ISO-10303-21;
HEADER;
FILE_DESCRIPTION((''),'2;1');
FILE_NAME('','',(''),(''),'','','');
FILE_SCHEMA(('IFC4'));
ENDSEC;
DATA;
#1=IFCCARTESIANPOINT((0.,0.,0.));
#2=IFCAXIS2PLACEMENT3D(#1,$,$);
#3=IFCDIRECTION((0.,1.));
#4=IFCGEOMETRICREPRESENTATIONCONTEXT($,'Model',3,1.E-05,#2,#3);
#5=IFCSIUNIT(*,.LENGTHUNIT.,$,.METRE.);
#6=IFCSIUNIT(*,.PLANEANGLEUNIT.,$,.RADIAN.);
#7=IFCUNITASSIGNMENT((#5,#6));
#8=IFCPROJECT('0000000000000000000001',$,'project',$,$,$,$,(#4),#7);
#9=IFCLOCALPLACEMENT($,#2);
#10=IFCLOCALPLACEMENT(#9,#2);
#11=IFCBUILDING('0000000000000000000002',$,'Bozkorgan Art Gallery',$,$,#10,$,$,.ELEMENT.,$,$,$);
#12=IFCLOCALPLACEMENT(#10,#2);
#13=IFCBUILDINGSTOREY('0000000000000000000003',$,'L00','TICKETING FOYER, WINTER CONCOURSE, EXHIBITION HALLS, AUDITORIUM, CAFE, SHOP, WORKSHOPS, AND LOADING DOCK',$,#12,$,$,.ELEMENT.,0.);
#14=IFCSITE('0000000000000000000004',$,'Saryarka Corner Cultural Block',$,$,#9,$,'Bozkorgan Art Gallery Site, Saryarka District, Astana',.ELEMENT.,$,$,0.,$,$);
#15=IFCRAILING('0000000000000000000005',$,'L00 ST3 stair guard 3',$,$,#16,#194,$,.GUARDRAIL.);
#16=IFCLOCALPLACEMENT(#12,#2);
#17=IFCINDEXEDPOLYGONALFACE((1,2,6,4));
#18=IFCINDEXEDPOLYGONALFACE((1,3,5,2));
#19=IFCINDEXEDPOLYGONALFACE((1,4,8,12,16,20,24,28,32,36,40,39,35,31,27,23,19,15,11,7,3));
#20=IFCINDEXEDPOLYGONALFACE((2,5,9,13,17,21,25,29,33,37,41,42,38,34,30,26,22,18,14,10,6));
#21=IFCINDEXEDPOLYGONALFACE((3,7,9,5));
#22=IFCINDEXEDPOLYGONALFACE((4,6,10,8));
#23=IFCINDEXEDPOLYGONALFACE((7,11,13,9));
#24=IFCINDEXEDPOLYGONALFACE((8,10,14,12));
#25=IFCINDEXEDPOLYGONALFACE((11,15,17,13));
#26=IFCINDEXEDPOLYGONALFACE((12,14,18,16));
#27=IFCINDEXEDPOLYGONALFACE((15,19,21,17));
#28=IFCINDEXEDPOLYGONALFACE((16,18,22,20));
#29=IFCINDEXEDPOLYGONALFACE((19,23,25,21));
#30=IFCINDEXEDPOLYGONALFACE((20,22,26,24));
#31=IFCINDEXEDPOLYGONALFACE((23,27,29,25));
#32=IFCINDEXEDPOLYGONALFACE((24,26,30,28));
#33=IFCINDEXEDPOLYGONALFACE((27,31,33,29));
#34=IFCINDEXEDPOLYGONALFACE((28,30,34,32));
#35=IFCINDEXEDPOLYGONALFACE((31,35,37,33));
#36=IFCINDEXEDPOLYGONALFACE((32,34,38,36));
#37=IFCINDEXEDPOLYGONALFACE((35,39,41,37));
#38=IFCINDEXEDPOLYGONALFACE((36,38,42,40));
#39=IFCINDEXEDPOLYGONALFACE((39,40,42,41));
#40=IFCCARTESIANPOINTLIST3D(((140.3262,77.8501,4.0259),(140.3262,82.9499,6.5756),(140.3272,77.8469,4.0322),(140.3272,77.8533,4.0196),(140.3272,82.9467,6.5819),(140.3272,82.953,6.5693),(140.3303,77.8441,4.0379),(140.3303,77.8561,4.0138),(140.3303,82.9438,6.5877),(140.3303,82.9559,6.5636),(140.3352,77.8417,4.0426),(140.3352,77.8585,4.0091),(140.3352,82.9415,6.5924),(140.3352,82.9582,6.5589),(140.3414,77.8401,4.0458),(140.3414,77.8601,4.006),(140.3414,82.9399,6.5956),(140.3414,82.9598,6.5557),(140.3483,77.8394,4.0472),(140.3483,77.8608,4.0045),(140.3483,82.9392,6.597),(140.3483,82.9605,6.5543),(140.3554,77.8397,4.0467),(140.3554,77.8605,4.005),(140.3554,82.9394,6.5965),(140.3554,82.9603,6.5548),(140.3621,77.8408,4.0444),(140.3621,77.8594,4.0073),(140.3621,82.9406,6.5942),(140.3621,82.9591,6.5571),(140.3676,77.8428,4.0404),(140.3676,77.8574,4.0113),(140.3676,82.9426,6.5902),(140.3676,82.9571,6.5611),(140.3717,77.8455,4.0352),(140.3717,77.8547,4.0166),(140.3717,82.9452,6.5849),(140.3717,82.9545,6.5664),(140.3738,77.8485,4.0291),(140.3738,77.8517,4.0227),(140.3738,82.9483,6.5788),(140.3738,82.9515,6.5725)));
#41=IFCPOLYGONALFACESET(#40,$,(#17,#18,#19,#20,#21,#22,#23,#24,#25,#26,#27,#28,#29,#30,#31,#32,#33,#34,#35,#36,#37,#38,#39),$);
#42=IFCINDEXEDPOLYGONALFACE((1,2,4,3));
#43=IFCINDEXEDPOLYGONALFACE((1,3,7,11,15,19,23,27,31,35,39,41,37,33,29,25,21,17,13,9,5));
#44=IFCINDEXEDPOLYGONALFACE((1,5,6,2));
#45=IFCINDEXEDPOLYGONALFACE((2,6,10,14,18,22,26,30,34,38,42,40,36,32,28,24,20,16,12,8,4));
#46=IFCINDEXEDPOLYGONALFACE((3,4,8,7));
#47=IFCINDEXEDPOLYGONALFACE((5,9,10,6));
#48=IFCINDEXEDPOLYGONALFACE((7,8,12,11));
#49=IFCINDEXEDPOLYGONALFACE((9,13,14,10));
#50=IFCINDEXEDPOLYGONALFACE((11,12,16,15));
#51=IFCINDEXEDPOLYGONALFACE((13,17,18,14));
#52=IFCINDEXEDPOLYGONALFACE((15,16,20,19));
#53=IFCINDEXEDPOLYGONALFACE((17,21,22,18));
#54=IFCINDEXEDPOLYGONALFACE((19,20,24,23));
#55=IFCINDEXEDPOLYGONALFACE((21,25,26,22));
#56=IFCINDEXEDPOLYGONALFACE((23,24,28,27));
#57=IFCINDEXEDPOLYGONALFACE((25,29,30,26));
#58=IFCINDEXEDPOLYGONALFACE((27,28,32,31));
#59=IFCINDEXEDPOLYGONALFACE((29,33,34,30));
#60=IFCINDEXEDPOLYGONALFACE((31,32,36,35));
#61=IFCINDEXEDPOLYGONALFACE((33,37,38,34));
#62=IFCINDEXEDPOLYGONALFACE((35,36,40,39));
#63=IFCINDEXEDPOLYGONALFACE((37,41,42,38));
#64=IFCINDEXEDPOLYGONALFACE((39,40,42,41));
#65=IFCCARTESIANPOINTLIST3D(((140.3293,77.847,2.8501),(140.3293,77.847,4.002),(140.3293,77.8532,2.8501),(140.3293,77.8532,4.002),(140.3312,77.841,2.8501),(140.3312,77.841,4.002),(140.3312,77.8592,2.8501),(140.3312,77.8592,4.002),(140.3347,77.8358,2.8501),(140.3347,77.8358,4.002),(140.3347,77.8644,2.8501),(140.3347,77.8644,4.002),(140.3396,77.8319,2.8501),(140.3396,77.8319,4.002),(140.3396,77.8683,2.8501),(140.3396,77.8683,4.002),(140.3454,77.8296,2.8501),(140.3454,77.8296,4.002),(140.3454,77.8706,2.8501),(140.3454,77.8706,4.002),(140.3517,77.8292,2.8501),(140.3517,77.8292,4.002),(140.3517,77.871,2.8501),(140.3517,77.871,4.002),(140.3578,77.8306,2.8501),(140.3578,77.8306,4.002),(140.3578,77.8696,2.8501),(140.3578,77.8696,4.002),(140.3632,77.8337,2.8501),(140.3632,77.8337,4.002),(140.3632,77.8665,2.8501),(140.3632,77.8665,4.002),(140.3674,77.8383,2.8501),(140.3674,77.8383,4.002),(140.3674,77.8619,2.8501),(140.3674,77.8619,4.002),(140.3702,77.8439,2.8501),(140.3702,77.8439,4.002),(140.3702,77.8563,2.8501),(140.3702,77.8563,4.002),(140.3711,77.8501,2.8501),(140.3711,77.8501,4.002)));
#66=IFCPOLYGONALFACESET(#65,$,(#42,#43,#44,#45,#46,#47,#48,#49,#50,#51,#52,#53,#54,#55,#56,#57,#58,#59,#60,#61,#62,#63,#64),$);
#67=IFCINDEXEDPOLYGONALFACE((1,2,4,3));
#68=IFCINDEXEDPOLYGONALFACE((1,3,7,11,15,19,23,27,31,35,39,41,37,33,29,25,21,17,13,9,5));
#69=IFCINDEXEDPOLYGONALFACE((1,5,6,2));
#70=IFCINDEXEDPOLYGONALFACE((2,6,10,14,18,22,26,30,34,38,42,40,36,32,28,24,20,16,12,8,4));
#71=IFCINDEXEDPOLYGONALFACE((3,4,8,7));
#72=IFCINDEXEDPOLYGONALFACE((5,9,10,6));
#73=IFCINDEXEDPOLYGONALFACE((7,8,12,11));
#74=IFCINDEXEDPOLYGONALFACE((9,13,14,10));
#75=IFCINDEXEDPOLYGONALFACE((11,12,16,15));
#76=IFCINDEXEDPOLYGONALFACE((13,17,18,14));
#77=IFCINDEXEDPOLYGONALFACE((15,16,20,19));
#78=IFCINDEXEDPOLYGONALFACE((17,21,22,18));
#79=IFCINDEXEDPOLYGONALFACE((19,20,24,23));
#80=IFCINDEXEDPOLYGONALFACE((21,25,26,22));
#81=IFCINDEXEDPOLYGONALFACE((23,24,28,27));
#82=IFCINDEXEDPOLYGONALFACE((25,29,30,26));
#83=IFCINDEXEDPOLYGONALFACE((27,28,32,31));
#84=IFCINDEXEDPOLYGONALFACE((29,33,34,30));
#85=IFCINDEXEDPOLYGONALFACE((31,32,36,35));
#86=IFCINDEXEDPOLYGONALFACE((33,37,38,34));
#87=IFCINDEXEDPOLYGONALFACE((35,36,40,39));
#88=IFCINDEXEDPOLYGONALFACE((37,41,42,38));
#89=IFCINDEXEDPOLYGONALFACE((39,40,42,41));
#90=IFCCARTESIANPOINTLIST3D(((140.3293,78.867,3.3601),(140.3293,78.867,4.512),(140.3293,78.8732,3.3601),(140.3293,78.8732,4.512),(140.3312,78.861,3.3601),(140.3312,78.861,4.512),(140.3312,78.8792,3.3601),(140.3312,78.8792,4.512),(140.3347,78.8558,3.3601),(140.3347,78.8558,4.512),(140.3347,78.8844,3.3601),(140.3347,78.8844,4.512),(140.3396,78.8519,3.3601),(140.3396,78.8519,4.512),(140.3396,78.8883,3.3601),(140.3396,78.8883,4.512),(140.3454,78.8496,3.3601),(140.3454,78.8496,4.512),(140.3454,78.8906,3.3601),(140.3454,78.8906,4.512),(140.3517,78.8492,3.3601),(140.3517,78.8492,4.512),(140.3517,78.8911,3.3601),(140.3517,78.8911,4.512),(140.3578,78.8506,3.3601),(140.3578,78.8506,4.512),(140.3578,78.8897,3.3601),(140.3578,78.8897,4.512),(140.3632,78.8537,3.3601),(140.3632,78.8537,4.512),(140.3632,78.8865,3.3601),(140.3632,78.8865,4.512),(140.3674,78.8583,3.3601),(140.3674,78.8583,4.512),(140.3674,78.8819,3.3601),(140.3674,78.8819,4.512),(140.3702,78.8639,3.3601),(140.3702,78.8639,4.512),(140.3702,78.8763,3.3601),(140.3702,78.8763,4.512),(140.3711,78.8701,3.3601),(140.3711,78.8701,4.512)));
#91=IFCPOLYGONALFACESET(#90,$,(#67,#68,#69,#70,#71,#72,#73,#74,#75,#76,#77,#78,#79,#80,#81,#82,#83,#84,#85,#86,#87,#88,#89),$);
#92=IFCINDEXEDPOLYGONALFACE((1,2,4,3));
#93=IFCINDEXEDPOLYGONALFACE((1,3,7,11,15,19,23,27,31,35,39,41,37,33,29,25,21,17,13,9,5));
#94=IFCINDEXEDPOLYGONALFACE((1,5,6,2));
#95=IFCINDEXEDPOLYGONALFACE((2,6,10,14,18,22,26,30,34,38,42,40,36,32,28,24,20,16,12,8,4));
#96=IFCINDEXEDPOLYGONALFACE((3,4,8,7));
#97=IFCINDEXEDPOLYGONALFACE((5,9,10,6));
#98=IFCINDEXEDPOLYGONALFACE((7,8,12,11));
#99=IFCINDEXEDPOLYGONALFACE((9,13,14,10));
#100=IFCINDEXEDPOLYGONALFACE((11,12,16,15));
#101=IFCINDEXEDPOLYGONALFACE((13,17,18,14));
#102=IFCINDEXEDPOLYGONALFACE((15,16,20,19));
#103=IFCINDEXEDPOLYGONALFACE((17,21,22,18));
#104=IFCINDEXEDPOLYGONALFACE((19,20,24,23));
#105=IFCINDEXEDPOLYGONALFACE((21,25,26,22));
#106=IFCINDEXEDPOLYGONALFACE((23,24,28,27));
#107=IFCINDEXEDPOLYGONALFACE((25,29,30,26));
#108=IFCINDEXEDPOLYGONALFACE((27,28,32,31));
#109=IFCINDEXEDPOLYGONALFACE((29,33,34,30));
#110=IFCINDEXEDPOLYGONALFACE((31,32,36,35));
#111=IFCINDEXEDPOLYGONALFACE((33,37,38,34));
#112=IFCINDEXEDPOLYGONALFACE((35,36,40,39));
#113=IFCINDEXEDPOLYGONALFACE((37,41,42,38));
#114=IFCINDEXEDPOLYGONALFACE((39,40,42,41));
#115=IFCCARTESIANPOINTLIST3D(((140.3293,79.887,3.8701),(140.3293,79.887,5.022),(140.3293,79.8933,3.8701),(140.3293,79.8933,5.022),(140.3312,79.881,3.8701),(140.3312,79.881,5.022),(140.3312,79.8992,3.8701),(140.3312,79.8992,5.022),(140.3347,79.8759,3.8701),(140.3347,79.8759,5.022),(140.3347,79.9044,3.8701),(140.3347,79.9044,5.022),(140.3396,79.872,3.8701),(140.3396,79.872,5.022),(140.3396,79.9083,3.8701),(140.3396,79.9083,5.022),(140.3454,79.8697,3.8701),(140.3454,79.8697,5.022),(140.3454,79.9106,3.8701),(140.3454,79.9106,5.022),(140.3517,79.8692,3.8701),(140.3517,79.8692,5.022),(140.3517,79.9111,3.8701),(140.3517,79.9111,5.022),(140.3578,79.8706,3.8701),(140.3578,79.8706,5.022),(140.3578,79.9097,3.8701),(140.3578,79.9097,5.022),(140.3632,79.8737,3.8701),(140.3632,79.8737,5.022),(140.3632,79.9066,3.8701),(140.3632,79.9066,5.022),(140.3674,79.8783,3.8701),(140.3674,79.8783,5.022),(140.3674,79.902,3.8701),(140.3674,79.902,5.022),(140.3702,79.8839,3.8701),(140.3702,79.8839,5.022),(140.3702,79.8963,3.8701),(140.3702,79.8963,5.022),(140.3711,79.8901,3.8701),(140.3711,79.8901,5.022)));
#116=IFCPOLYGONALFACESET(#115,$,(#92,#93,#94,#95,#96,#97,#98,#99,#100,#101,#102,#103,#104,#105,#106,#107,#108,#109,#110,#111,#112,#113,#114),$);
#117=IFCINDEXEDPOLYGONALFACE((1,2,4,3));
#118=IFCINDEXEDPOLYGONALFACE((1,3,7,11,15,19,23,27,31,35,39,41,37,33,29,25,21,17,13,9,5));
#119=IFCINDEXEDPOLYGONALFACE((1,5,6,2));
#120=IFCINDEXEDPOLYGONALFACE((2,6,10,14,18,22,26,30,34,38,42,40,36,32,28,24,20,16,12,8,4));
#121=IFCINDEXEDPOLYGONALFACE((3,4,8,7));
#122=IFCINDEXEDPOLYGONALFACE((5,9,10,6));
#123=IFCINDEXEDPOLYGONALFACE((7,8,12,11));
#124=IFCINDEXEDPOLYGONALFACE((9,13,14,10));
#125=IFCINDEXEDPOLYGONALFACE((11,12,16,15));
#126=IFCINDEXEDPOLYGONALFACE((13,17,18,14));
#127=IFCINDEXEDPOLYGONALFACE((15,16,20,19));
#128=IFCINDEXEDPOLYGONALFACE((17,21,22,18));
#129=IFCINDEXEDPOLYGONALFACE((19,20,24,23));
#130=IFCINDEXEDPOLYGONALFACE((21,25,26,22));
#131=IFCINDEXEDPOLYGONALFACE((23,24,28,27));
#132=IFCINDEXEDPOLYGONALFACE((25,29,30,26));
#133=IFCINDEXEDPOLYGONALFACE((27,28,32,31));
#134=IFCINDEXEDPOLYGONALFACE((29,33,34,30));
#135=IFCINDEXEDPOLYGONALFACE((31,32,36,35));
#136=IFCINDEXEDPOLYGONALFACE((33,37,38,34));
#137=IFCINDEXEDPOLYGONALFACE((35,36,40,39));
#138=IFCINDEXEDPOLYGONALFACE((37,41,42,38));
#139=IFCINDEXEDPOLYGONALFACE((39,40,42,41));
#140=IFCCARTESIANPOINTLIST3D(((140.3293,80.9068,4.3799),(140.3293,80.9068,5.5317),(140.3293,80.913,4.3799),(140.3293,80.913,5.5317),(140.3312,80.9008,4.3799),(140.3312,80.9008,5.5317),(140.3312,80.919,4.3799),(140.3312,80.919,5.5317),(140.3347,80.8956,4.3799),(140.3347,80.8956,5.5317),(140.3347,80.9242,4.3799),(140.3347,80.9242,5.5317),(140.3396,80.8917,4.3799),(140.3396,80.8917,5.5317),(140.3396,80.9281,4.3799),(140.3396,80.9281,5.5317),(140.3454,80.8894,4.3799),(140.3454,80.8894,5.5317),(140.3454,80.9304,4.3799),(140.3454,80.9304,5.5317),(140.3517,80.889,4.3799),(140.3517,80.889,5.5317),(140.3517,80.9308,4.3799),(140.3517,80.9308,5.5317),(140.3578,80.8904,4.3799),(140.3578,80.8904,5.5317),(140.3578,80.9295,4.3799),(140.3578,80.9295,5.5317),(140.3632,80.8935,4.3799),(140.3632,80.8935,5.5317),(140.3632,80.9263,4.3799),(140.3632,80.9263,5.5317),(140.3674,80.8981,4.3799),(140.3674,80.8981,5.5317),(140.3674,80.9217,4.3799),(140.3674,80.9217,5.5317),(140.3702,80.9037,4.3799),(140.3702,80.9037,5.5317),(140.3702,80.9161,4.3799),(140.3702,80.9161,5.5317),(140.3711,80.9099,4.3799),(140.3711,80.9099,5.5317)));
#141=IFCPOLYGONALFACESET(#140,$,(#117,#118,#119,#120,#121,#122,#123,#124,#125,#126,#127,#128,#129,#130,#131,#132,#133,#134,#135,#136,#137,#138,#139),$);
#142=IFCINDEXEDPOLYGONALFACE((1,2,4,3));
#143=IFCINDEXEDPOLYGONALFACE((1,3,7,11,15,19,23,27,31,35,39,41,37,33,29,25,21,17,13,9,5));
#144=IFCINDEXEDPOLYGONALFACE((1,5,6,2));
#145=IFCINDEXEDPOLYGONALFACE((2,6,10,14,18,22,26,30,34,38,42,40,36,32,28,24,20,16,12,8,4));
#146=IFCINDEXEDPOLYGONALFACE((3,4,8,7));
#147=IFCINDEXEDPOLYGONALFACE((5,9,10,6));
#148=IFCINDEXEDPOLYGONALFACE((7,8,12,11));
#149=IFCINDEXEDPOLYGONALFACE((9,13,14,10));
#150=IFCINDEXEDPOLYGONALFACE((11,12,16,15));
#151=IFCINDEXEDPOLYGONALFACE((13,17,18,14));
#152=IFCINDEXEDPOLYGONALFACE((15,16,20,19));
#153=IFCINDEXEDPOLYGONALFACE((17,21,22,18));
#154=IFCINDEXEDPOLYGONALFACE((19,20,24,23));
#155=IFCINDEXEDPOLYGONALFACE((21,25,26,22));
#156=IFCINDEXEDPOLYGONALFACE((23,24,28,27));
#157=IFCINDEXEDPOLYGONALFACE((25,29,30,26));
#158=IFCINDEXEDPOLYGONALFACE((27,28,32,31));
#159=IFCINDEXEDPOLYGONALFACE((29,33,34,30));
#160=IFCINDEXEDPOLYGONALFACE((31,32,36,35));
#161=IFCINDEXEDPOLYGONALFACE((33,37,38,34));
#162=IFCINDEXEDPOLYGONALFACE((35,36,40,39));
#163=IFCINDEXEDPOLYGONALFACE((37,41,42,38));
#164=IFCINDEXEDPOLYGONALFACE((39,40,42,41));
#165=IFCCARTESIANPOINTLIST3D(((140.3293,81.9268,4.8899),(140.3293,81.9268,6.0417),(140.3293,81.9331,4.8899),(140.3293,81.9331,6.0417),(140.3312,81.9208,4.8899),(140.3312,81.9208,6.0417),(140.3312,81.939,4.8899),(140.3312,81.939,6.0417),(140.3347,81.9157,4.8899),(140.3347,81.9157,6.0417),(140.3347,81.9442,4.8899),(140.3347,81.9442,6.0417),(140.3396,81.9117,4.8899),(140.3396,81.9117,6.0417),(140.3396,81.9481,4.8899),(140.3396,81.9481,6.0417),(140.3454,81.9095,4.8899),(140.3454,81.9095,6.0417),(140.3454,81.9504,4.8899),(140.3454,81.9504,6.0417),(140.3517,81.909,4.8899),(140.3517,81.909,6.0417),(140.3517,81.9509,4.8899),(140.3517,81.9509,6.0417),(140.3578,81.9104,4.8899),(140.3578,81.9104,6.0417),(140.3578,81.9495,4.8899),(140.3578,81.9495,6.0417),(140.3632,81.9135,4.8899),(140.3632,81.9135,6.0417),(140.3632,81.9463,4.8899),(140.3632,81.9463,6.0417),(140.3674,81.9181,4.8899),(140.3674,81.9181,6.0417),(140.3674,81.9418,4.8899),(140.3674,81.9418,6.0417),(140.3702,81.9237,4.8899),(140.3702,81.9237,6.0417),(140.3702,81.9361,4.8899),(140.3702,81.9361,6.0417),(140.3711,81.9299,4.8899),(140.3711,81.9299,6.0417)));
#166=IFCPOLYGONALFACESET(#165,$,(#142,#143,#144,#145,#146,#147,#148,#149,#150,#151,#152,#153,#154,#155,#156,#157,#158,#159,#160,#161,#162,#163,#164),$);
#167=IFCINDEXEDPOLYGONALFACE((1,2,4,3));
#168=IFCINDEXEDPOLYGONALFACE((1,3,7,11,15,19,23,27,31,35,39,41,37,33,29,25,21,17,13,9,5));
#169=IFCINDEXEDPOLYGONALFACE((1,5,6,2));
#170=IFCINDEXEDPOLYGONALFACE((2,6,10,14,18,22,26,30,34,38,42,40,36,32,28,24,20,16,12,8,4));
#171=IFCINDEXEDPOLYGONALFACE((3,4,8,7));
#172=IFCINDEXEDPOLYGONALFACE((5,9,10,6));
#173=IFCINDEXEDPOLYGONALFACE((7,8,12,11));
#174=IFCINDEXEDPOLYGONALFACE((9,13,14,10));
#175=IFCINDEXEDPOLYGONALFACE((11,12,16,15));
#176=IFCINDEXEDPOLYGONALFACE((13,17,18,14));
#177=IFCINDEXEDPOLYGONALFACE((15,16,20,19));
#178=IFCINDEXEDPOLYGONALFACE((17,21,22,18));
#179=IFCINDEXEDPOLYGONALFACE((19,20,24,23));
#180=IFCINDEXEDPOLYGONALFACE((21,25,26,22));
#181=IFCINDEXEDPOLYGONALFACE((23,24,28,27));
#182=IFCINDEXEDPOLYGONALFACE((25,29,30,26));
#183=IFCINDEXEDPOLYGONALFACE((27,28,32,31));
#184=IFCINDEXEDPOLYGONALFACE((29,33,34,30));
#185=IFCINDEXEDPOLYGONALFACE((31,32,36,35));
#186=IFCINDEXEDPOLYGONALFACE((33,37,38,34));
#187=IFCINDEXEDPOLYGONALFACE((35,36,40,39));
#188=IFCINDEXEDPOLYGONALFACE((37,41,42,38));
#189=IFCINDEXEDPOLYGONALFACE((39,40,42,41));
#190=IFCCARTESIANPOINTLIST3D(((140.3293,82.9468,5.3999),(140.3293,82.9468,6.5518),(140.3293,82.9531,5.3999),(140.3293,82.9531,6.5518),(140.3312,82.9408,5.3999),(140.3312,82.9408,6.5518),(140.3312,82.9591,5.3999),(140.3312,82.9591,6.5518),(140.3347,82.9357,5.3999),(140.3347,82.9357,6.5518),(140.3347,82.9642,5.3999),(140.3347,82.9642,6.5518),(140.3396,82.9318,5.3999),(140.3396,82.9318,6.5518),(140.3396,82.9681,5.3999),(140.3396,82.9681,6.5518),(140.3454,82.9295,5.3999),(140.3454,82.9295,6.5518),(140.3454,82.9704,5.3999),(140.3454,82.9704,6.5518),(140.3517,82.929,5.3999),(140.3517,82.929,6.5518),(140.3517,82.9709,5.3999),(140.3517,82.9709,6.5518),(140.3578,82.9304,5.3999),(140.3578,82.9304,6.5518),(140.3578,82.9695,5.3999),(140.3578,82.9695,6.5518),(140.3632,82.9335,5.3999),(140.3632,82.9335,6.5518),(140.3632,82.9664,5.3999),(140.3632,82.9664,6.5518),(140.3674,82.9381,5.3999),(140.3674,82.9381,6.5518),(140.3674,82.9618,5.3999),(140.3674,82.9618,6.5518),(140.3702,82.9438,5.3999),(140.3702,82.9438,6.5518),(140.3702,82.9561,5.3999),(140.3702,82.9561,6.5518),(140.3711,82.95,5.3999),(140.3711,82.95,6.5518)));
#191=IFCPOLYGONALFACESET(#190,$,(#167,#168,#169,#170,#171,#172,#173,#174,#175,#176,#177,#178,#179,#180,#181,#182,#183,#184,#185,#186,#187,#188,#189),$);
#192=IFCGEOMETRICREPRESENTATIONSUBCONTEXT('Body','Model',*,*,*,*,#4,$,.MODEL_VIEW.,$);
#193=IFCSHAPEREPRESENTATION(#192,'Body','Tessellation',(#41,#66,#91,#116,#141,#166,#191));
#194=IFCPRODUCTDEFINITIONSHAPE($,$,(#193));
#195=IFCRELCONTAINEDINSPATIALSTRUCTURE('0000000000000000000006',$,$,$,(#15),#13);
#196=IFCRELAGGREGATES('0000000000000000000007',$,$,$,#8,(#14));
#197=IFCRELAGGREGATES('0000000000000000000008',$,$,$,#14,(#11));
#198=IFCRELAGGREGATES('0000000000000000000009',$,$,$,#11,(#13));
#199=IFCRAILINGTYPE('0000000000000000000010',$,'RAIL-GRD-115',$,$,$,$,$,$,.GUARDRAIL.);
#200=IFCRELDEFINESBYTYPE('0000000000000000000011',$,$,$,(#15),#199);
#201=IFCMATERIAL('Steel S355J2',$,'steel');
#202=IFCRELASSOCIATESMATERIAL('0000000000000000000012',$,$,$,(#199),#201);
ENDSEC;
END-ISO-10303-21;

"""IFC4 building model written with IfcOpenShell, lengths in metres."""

from ifc_helpers import new_model, si_unit, direction, frame, origin, origin_2d, place, context, subcontext, project, spatial, circle, extrude, material, type_object, element, save


model = new_model("IFC4")

# Units and contexts
model_context = context("Model", 3, precision=1e-05, world=origin(), true_north=direction((0.0, 1.0)))
body_context = subcontext(model_context, "Body", "Model", "MODEL_VIEW")
ifc_project = project(units=[si_unit("LENGTHUNIT", "METRE"), si_unit("PLANEANGLEUNIT", "RADIAN")], contexts=[model_context])

# Site, building, storey
site_placement = place(None, origin())
site = spatial("IfcSite", under=ifc_project, at=site_placement, Name="Saryarka Corner Cultural Block", LongName="Bozkorgan Art Gallery Site, Saryarka District, Astana", CompositionType="ELEMENT", RefElevation=0.0)
building_placement = place(site_placement, origin())
building = spatial("IfcBuilding", under=site, at=building_placement, Name="Bozkorgan Art Gallery", CompositionType="ELEMENT")
storey_placement = place(building_placement, origin())
storey = spatial("IfcBuildingStorey", under=building, at=storey_placement, Name="L00", Description="TICKETING FOYER, WINTER CONCOURSE, EXHIBITION HALLS, AUDITORIUM, CAFE, SHOP, WORKSHOPS, AND LOADING DOCK", CompositionType="ELEMENT", Elevation=0.0)

# Shared definitions
ifc_material_1 = material(Name="Steel S355J2", Category="steel")

# Railing
railing_type_1 = type_object("IfcRailingType", Name="RAIL-GRD-115", PredefinedType="GUARDRAIL", material=ifc_material_1)
railing_1_placement = place(storey_placement, frame((140.3501, 77.8501, 2.8501)))
element("IfcRailing", 1, at=railing_1_placement, inside=storey, type_object=railing_type_1, Name="L00 ST3 stair guard 3", PredefinedType="GUARDRAIL", context=body_context, shape_type="SweptSolid", body=[
    extrude(circle(Radius=0.0239, at=origin_2d()), frame((0.0, 0.0, 1.1758), z_axis=(0.0, 0.894436, 0.447196), x_axis=(-1.0, 0.0, 0.0)), (0.0, 0.0, 1.0), 5.7017),
    extrude(circle(Radius=0.021, at=origin_2d()), origin(), (0.0, 0.0, 1.0), 1.1519),
    extrude(circle(Radius=0.021, at=origin_2d()), frame((0.0, 1.02, 0.51)), (0.0, 0.0, 1.0), 1.1519),
    extrude(circle(Radius=0.021, at=origin_2d()), frame((0.0, 2.04, 1.02)), (0.0, 0.0, 1.0), 1.1519),
    extrude(circle(Radius=0.021, at=origin_2d()), frame((0.0, 3.0598, 1.5298)), (0.0, 0.0, 1.0), 1.1519),
    extrude(circle(Radius=0.021, at=origin_2d()), frame((0.0, 4.0798, 2.0398)), (0.0, 0.0, 1.0), 1.1519),
    extrude(circle(Radius=0.021, at=origin_2d()), frame((0.0, 5.0999, 2.5498)), (0.0, 0.0, 1.0), 1.1519),
])

save(model, "model.ifc")
